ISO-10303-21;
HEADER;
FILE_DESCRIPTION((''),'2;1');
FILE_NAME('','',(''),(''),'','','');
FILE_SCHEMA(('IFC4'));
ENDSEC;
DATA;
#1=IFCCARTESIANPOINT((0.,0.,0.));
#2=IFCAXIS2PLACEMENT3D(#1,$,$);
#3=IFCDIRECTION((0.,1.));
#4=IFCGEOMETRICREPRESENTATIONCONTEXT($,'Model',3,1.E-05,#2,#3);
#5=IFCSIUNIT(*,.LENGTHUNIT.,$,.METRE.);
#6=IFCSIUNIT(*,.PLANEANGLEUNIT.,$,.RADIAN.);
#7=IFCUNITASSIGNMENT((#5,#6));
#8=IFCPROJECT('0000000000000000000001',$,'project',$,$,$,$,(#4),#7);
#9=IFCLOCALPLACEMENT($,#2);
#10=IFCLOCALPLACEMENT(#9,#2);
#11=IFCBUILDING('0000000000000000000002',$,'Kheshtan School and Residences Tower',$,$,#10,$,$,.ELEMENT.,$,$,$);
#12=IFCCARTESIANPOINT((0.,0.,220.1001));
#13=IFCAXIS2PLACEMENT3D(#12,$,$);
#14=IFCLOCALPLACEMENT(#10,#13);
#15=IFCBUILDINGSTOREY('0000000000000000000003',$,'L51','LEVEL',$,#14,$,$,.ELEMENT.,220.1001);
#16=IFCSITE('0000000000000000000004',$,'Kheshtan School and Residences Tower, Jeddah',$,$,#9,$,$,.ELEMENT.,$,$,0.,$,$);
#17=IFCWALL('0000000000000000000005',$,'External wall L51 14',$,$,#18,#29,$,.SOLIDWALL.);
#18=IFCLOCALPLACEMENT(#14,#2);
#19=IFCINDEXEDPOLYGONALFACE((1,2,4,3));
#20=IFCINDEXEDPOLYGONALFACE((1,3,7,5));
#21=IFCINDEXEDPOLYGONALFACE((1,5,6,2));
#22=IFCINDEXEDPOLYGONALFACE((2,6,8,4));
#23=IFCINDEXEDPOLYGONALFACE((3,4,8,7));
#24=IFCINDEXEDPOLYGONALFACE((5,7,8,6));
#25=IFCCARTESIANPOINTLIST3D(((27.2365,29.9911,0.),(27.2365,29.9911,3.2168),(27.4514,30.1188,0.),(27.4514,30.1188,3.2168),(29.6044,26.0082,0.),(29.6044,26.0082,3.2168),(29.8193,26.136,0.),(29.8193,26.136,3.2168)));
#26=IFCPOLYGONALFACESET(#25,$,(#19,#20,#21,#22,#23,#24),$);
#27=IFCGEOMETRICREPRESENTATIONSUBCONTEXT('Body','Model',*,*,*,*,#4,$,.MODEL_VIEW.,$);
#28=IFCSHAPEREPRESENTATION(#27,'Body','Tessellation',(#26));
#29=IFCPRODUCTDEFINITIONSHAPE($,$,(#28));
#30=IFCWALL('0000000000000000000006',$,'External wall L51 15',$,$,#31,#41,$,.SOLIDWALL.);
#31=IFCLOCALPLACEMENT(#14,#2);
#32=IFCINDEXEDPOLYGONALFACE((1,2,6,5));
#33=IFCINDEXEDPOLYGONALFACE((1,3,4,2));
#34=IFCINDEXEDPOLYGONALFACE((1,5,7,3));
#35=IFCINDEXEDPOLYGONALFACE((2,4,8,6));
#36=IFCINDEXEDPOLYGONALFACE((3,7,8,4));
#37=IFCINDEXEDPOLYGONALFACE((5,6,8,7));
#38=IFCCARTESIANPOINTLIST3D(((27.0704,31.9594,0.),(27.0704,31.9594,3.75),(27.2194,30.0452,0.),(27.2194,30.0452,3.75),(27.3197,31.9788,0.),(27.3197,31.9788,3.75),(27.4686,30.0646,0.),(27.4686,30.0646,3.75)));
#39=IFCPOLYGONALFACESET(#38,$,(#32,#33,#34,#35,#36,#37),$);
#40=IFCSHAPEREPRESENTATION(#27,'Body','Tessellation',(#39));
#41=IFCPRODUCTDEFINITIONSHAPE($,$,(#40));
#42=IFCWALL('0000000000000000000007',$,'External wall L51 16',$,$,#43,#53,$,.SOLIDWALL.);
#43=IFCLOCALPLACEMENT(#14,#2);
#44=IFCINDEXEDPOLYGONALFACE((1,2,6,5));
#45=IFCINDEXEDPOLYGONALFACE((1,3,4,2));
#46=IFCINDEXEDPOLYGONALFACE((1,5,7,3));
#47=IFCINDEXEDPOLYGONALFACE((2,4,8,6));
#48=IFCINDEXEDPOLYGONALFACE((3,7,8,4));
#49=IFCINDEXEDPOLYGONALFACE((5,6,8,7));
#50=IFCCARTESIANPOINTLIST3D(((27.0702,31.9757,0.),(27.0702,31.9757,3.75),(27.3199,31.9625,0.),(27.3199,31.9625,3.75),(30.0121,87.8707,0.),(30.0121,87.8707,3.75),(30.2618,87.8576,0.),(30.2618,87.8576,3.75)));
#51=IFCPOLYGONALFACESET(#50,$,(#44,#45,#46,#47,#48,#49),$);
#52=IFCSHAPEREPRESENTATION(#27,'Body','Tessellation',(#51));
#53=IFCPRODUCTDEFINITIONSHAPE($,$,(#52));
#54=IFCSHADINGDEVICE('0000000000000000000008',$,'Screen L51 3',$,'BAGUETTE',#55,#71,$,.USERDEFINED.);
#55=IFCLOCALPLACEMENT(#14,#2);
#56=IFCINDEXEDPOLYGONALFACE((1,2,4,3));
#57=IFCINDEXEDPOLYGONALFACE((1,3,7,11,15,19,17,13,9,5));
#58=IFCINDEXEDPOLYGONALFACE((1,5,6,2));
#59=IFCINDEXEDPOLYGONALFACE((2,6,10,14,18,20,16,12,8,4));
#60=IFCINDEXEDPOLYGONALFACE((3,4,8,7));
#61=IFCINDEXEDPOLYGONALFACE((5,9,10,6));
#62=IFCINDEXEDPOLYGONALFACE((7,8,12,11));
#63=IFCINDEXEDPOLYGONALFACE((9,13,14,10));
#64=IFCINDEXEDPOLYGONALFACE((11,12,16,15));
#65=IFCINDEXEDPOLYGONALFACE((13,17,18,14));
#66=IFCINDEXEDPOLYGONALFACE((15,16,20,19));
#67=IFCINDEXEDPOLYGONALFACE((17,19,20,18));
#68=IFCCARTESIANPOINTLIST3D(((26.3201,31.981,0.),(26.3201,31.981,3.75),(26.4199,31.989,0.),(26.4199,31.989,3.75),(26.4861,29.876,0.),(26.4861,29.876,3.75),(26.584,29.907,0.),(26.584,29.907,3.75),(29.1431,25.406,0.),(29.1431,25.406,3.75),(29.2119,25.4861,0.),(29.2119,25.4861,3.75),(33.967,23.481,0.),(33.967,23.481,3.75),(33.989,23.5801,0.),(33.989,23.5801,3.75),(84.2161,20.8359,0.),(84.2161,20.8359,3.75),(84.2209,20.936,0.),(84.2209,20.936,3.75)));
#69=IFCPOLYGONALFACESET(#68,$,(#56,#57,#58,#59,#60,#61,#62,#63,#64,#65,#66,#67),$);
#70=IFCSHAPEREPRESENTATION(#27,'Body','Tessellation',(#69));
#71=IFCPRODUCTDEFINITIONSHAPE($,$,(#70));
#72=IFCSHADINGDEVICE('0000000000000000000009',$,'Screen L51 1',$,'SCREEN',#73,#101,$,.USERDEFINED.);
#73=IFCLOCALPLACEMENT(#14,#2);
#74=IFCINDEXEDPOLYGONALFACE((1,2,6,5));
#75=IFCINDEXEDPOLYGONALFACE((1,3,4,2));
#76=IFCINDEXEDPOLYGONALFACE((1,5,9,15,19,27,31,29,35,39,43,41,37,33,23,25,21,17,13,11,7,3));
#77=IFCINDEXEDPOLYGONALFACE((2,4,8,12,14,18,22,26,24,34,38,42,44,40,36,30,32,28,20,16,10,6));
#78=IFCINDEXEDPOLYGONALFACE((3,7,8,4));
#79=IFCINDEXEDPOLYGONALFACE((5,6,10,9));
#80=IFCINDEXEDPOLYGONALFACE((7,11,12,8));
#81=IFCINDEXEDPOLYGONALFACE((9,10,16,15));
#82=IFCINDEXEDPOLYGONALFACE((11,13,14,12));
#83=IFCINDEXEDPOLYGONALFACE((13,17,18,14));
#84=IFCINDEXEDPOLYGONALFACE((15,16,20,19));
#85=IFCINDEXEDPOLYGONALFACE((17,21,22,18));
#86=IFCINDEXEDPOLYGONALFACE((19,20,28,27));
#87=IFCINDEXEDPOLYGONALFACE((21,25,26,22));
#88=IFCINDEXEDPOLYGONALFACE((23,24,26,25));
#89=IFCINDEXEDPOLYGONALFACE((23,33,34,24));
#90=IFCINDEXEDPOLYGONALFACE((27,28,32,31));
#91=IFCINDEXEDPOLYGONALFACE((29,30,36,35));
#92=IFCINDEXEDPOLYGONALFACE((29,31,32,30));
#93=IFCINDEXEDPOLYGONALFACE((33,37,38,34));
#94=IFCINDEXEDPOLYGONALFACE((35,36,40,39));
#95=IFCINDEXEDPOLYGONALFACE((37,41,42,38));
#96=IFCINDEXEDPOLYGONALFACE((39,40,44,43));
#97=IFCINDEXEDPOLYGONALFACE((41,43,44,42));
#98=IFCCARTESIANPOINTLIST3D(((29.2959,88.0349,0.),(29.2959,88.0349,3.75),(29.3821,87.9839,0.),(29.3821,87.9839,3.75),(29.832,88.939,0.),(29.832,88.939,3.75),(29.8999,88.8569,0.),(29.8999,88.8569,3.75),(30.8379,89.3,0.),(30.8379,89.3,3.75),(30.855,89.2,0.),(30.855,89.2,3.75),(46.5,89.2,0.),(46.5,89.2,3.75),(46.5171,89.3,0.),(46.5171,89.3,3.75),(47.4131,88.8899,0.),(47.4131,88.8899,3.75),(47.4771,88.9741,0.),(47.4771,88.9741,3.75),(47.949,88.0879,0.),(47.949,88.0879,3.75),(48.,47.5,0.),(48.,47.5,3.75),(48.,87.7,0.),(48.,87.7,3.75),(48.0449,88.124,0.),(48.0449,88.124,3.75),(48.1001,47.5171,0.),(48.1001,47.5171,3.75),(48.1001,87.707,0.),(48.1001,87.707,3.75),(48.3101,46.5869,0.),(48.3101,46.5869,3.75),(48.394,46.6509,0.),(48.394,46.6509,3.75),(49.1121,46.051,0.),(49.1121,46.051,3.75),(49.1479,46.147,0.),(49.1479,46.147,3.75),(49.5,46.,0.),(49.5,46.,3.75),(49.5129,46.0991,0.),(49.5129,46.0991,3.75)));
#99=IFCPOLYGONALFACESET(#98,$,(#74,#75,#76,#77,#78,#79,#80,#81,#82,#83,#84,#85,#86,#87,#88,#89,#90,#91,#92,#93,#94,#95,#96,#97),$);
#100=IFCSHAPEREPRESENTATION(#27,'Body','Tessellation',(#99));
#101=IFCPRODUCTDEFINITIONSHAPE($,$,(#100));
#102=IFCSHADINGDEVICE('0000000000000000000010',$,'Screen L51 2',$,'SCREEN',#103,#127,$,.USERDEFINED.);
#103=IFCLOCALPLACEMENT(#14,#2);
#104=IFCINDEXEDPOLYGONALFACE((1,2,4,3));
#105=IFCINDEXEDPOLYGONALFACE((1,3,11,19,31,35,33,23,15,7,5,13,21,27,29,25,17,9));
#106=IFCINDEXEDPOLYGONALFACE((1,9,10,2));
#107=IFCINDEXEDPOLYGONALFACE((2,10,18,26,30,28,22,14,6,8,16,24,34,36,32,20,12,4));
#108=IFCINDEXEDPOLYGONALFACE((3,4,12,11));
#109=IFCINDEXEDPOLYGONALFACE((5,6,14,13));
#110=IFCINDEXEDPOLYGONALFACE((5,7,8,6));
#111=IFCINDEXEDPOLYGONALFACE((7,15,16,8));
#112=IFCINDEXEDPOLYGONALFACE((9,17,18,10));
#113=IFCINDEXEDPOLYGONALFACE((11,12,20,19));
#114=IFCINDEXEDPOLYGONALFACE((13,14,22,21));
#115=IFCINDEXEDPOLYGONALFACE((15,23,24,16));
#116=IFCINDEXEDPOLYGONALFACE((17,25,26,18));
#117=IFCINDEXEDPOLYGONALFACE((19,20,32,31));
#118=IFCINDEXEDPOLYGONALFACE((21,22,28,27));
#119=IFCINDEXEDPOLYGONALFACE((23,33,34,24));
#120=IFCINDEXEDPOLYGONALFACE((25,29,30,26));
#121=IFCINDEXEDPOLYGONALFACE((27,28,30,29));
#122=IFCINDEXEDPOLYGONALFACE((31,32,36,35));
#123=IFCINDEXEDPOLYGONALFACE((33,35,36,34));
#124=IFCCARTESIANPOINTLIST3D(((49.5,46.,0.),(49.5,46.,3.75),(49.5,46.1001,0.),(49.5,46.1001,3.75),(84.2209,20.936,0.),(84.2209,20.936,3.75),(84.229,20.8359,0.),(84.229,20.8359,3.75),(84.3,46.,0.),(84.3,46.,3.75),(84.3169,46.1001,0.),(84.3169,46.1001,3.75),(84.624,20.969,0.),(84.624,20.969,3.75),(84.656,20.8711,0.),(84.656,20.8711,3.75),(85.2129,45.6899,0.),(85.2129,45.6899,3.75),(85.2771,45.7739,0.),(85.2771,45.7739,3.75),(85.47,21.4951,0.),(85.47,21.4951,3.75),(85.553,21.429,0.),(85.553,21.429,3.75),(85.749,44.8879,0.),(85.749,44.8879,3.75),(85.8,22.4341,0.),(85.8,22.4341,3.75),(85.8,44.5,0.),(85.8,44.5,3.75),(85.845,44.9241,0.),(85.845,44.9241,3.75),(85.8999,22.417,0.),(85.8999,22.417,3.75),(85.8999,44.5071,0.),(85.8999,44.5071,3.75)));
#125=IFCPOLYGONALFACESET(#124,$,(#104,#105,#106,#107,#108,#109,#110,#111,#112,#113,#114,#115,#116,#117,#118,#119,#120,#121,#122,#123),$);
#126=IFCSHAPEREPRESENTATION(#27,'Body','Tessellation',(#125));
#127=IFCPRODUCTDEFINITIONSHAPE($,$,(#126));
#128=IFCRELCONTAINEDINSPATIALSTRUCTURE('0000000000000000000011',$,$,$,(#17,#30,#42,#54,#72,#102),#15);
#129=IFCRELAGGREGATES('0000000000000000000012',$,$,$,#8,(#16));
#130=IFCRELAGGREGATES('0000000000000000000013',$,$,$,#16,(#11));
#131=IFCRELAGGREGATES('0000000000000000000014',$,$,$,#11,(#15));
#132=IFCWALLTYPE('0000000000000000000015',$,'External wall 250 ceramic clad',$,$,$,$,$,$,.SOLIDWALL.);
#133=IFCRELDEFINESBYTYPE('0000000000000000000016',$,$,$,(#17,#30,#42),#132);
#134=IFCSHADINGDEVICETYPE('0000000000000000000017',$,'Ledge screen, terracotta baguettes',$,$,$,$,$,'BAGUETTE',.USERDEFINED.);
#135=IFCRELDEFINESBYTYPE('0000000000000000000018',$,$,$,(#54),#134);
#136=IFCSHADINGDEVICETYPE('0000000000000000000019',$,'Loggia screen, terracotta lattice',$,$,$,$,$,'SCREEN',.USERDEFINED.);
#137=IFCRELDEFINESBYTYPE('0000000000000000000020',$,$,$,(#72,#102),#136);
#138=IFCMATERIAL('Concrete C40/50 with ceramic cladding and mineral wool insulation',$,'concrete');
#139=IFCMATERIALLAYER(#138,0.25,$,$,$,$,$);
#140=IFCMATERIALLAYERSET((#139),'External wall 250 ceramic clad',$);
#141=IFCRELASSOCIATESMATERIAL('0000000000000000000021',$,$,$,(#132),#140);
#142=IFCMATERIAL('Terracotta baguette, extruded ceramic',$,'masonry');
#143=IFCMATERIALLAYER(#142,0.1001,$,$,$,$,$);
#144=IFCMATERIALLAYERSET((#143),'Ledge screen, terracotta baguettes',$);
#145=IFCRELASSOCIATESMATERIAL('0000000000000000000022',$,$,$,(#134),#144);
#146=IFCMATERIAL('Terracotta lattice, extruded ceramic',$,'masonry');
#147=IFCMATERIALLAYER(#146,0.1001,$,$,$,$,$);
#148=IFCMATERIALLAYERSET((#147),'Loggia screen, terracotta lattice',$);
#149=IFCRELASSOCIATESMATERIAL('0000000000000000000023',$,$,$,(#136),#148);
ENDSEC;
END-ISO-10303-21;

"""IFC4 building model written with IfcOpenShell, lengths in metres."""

from ifc_helpers import new_model, si_unit, direction, frame, frame_2d, origin, place, context, subcontext, project, spatial, polyline, rectangle, outline, extrude, material, layer, layer_set, type_object, element, save


model = new_model("IFC4")

# Units and contexts
model_context = context("Model", 3, precision=1e-05, world=origin(), true_north=direction((0.0, 1.0)))
body_context = subcontext(model_context, "Body", "Model", "MODEL_VIEW")
ifc_project = project(units=[si_unit("LENGTHUNIT", "METRE"), si_unit("PLANEANGLEUNIT", "RADIAN")], contexts=[model_context])

# Site, building, storey
site_placement = place(None, origin())
site = spatial("IfcSite", under=ifc_project, at=site_placement, Name="Kheshtan School and Residences Tower, Jeddah", CompositionType="ELEMENT", RefElevation=0.0)
building_placement = place(site_placement, origin())
building = spatial("IfcBuilding", under=site, at=building_placement, Name="Kheshtan School and Residences Tower", CompositionType="ELEMENT")
storey_placement = place(building_placement, frame((0.0, 0.0, 220.1001)))
storey = spatial("IfcBuildingStorey", under=building, at=storey_placement, Name="L51", Description="LEVEL", CompositionType="ELEMENT", Elevation=220.1001)

# Walls
ifc_material_1 = material(Name="Concrete C40/50 with ceramic cladding and mineral wool insulation", Category="concrete")
ifc_layer_1 = layer(ifc_material_1, 0.25)
ifc_layer_set_1 = layer_set([ifc_layer_1], Name="External wall 250 ceramic clad")
wall_type = type_object("IfcWallType", Name="External wall 250 ceramic clad", PredefinedType="SOLIDWALL", material=ifc_layer_set_1)
wall_1_placement = place(storey_placement, frame((29.7119, 26.072, 0.0), z_axis=(0.0, 0.0, 1.0), x_axis=(-0.511028, 0.859564, 0.0)))
element("IfcWall", 1, at=wall_1_placement, inside=storey, type_object=wall_type, Name="External wall L51 14", PredefinedType="SOLIDWALL", context=body_context, shape_type="SweptSolid", body=[
    extrude(rectangle(XDim=4.6335, YDim=0.25, at=frame_2d((2.3169, 0.0))), origin(), (0.0, 0.0, 1.0), 3.2168),
])
wall_2_placement = place(storey_placement, frame((27.344, 30.0549, 0.0), z_axis=(0.0, 0.0, 1.0), x_axis=(-0.077572, 0.996987, 0.0)))
element("IfcWall", 2, at=wall_2_placement, inside=storey, type_object=wall_type, Name="External wall L51 15", PredefinedType="SOLIDWALL", context=body_context, shape_type="SweptSolid", body=[
    extrude(rectangle(XDim=1.9199, YDim=0.25, at=frame_2d((0.96, 0.0))), origin(), (0.0, 0.0, 1.0), 3.75),
])
wall_3_placement = place(storey_placement, frame((27.1951, 31.969, 0.0), z_axis=(0.0, 0.0, 1.0), x_axis=(0.05256, 0.998618, 0.0)))
element("IfcWall", 3, at=wall_3_placement, inside=storey, type_object=wall_type, Name="External wall L51 16", PredefinedType="SOLIDWALL", context=body_context, shape_type="SweptSolid", body=[
    extrude(rectangle(XDim=55.9724, YDim=0.25, at=frame_2d((27.9863, 0.0))), origin(), (0.0, 0.0, 1.0), 3.75),
])

# Shading devices
ifc_material_2 = material(Name="Terracotta baguette, extruded ceramic", Category="masonry")
ifc_layer_2 = layer(ifc_material_2, 0.1001)
ifc_layer_set_2 = layer_set([ifc_layer_2], Name="Ledge screen, terracotta baguettes")
shading_device_type_1 = type_object("IfcShadingDeviceType", Name="Ledge screen, terracotta baguettes", ElementType="BAGUETTE", PredefinedType="USERDEFINED", material=ifc_layer_set_2)
shading_device_1_placement = place(storey_placement, origin())
element("IfcShadingDevice", 4, at=shading_device_1_placement, inside=storey, type_object=shading_device_type_1, Name="Screen L51 3", ObjectType="BAGUETTE", PredefinedType="USERDEFINED", context=body_context, shape_type="SweptSolid", body=[
    extrude(outline(polyline([(84.2209, 20.936), (33.989, 23.5801), (29.2119, 25.4861), (26.584, 29.907), (26.4199, 31.989), (26.3201, 31.981), (26.4861, 29.876), (29.1431, 25.406), (33.967, 23.481), (84.2161, 20.8359), (84.2209, 20.936)])), origin(), (0.0, 0.0, 1.0), 3.75),
])
ifc_material_3 = material(Name="Terracotta lattice, extruded ceramic", Category="masonry")
ifc_layer_3 = layer(ifc_material_3, 0.1001)
ifc_layer_set_3 = layer_set([ifc_layer_3], Name="Loggia screen, terracotta lattice")
shading_device_type_2 = type_object("IfcShadingDeviceType", Name="Loggia screen, terracotta lattice", ElementType="SCREEN", PredefinedType="USERDEFINED", material=ifc_layer_set_3)
shading_device_2_placement = place(storey_placement, origin())
element("IfcShadingDevice", 5, at=shading_device_2_placement, inside=storey, type_object=shading_device_type_2, Name="Screen L51 1", ObjectType="SCREEN", PredefinedType="USERDEFINED", context=body_context, shape_type="SweptSolid", body=[
    extrude(outline(polyline([(29.3821, 87.9839), (29.8999, 88.8569), (30.855, 89.2), (46.5, 89.2), (47.4131, 88.8899), (47.949, 88.0879), (48.0, 87.7), (48.0, 47.5), (48.3101, 46.5869), (49.1121, 46.051), (49.5, 46.0), (49.5129, 46.0991), (49.1479, 46.147), (48.394, 46.6509), (48.1001, 47.5171), (48.1001, 87.707), (48.0449, 88.124), (47.4771, 88.9741), (46.5171, 89.3), (30.8379, 89.3), (29.832, 88.939), (29.2959, 88.0349), (29.3821, 87.9839)])), origin(), (0.0, 0.0, 1.0), 3.75),
])
shading_device_3_placement = place(storey_placement, origin())
element("IfcShadingDevice", 6, at=shading_device_3_placement, inside=storey, type_object=shading_device_type_2, Name="Screen L51 2", ObjectType="SCREEN", PredefinedType="USERDEFINED", context=body_context, shape_type="SweptSolid", body=[
    extrude(outline(polyline([(49.5, 46.0), (84.3, 46.0), (85.2129, 45.6899), (85.749, 44.8879), (85.8, 44.5), (85.8, 22.4341), (85.47, 21.4951), (84.624, 20.969), (84.2209, 20.936), (84.229, 20.8359), (84.656, 20.8711), (85.553, 21.429), (85.8999, 22.417), (85.8999, 44.5071), (85.845, 44.9241), (85.2771, 45.7739), (84.3169, 46.1001), (49.5, 46.1001), (49.5, 46.0)])), origin(), (0.0, 0.0, 1.0), 3.75),
])

save(model, "model.ifc")
